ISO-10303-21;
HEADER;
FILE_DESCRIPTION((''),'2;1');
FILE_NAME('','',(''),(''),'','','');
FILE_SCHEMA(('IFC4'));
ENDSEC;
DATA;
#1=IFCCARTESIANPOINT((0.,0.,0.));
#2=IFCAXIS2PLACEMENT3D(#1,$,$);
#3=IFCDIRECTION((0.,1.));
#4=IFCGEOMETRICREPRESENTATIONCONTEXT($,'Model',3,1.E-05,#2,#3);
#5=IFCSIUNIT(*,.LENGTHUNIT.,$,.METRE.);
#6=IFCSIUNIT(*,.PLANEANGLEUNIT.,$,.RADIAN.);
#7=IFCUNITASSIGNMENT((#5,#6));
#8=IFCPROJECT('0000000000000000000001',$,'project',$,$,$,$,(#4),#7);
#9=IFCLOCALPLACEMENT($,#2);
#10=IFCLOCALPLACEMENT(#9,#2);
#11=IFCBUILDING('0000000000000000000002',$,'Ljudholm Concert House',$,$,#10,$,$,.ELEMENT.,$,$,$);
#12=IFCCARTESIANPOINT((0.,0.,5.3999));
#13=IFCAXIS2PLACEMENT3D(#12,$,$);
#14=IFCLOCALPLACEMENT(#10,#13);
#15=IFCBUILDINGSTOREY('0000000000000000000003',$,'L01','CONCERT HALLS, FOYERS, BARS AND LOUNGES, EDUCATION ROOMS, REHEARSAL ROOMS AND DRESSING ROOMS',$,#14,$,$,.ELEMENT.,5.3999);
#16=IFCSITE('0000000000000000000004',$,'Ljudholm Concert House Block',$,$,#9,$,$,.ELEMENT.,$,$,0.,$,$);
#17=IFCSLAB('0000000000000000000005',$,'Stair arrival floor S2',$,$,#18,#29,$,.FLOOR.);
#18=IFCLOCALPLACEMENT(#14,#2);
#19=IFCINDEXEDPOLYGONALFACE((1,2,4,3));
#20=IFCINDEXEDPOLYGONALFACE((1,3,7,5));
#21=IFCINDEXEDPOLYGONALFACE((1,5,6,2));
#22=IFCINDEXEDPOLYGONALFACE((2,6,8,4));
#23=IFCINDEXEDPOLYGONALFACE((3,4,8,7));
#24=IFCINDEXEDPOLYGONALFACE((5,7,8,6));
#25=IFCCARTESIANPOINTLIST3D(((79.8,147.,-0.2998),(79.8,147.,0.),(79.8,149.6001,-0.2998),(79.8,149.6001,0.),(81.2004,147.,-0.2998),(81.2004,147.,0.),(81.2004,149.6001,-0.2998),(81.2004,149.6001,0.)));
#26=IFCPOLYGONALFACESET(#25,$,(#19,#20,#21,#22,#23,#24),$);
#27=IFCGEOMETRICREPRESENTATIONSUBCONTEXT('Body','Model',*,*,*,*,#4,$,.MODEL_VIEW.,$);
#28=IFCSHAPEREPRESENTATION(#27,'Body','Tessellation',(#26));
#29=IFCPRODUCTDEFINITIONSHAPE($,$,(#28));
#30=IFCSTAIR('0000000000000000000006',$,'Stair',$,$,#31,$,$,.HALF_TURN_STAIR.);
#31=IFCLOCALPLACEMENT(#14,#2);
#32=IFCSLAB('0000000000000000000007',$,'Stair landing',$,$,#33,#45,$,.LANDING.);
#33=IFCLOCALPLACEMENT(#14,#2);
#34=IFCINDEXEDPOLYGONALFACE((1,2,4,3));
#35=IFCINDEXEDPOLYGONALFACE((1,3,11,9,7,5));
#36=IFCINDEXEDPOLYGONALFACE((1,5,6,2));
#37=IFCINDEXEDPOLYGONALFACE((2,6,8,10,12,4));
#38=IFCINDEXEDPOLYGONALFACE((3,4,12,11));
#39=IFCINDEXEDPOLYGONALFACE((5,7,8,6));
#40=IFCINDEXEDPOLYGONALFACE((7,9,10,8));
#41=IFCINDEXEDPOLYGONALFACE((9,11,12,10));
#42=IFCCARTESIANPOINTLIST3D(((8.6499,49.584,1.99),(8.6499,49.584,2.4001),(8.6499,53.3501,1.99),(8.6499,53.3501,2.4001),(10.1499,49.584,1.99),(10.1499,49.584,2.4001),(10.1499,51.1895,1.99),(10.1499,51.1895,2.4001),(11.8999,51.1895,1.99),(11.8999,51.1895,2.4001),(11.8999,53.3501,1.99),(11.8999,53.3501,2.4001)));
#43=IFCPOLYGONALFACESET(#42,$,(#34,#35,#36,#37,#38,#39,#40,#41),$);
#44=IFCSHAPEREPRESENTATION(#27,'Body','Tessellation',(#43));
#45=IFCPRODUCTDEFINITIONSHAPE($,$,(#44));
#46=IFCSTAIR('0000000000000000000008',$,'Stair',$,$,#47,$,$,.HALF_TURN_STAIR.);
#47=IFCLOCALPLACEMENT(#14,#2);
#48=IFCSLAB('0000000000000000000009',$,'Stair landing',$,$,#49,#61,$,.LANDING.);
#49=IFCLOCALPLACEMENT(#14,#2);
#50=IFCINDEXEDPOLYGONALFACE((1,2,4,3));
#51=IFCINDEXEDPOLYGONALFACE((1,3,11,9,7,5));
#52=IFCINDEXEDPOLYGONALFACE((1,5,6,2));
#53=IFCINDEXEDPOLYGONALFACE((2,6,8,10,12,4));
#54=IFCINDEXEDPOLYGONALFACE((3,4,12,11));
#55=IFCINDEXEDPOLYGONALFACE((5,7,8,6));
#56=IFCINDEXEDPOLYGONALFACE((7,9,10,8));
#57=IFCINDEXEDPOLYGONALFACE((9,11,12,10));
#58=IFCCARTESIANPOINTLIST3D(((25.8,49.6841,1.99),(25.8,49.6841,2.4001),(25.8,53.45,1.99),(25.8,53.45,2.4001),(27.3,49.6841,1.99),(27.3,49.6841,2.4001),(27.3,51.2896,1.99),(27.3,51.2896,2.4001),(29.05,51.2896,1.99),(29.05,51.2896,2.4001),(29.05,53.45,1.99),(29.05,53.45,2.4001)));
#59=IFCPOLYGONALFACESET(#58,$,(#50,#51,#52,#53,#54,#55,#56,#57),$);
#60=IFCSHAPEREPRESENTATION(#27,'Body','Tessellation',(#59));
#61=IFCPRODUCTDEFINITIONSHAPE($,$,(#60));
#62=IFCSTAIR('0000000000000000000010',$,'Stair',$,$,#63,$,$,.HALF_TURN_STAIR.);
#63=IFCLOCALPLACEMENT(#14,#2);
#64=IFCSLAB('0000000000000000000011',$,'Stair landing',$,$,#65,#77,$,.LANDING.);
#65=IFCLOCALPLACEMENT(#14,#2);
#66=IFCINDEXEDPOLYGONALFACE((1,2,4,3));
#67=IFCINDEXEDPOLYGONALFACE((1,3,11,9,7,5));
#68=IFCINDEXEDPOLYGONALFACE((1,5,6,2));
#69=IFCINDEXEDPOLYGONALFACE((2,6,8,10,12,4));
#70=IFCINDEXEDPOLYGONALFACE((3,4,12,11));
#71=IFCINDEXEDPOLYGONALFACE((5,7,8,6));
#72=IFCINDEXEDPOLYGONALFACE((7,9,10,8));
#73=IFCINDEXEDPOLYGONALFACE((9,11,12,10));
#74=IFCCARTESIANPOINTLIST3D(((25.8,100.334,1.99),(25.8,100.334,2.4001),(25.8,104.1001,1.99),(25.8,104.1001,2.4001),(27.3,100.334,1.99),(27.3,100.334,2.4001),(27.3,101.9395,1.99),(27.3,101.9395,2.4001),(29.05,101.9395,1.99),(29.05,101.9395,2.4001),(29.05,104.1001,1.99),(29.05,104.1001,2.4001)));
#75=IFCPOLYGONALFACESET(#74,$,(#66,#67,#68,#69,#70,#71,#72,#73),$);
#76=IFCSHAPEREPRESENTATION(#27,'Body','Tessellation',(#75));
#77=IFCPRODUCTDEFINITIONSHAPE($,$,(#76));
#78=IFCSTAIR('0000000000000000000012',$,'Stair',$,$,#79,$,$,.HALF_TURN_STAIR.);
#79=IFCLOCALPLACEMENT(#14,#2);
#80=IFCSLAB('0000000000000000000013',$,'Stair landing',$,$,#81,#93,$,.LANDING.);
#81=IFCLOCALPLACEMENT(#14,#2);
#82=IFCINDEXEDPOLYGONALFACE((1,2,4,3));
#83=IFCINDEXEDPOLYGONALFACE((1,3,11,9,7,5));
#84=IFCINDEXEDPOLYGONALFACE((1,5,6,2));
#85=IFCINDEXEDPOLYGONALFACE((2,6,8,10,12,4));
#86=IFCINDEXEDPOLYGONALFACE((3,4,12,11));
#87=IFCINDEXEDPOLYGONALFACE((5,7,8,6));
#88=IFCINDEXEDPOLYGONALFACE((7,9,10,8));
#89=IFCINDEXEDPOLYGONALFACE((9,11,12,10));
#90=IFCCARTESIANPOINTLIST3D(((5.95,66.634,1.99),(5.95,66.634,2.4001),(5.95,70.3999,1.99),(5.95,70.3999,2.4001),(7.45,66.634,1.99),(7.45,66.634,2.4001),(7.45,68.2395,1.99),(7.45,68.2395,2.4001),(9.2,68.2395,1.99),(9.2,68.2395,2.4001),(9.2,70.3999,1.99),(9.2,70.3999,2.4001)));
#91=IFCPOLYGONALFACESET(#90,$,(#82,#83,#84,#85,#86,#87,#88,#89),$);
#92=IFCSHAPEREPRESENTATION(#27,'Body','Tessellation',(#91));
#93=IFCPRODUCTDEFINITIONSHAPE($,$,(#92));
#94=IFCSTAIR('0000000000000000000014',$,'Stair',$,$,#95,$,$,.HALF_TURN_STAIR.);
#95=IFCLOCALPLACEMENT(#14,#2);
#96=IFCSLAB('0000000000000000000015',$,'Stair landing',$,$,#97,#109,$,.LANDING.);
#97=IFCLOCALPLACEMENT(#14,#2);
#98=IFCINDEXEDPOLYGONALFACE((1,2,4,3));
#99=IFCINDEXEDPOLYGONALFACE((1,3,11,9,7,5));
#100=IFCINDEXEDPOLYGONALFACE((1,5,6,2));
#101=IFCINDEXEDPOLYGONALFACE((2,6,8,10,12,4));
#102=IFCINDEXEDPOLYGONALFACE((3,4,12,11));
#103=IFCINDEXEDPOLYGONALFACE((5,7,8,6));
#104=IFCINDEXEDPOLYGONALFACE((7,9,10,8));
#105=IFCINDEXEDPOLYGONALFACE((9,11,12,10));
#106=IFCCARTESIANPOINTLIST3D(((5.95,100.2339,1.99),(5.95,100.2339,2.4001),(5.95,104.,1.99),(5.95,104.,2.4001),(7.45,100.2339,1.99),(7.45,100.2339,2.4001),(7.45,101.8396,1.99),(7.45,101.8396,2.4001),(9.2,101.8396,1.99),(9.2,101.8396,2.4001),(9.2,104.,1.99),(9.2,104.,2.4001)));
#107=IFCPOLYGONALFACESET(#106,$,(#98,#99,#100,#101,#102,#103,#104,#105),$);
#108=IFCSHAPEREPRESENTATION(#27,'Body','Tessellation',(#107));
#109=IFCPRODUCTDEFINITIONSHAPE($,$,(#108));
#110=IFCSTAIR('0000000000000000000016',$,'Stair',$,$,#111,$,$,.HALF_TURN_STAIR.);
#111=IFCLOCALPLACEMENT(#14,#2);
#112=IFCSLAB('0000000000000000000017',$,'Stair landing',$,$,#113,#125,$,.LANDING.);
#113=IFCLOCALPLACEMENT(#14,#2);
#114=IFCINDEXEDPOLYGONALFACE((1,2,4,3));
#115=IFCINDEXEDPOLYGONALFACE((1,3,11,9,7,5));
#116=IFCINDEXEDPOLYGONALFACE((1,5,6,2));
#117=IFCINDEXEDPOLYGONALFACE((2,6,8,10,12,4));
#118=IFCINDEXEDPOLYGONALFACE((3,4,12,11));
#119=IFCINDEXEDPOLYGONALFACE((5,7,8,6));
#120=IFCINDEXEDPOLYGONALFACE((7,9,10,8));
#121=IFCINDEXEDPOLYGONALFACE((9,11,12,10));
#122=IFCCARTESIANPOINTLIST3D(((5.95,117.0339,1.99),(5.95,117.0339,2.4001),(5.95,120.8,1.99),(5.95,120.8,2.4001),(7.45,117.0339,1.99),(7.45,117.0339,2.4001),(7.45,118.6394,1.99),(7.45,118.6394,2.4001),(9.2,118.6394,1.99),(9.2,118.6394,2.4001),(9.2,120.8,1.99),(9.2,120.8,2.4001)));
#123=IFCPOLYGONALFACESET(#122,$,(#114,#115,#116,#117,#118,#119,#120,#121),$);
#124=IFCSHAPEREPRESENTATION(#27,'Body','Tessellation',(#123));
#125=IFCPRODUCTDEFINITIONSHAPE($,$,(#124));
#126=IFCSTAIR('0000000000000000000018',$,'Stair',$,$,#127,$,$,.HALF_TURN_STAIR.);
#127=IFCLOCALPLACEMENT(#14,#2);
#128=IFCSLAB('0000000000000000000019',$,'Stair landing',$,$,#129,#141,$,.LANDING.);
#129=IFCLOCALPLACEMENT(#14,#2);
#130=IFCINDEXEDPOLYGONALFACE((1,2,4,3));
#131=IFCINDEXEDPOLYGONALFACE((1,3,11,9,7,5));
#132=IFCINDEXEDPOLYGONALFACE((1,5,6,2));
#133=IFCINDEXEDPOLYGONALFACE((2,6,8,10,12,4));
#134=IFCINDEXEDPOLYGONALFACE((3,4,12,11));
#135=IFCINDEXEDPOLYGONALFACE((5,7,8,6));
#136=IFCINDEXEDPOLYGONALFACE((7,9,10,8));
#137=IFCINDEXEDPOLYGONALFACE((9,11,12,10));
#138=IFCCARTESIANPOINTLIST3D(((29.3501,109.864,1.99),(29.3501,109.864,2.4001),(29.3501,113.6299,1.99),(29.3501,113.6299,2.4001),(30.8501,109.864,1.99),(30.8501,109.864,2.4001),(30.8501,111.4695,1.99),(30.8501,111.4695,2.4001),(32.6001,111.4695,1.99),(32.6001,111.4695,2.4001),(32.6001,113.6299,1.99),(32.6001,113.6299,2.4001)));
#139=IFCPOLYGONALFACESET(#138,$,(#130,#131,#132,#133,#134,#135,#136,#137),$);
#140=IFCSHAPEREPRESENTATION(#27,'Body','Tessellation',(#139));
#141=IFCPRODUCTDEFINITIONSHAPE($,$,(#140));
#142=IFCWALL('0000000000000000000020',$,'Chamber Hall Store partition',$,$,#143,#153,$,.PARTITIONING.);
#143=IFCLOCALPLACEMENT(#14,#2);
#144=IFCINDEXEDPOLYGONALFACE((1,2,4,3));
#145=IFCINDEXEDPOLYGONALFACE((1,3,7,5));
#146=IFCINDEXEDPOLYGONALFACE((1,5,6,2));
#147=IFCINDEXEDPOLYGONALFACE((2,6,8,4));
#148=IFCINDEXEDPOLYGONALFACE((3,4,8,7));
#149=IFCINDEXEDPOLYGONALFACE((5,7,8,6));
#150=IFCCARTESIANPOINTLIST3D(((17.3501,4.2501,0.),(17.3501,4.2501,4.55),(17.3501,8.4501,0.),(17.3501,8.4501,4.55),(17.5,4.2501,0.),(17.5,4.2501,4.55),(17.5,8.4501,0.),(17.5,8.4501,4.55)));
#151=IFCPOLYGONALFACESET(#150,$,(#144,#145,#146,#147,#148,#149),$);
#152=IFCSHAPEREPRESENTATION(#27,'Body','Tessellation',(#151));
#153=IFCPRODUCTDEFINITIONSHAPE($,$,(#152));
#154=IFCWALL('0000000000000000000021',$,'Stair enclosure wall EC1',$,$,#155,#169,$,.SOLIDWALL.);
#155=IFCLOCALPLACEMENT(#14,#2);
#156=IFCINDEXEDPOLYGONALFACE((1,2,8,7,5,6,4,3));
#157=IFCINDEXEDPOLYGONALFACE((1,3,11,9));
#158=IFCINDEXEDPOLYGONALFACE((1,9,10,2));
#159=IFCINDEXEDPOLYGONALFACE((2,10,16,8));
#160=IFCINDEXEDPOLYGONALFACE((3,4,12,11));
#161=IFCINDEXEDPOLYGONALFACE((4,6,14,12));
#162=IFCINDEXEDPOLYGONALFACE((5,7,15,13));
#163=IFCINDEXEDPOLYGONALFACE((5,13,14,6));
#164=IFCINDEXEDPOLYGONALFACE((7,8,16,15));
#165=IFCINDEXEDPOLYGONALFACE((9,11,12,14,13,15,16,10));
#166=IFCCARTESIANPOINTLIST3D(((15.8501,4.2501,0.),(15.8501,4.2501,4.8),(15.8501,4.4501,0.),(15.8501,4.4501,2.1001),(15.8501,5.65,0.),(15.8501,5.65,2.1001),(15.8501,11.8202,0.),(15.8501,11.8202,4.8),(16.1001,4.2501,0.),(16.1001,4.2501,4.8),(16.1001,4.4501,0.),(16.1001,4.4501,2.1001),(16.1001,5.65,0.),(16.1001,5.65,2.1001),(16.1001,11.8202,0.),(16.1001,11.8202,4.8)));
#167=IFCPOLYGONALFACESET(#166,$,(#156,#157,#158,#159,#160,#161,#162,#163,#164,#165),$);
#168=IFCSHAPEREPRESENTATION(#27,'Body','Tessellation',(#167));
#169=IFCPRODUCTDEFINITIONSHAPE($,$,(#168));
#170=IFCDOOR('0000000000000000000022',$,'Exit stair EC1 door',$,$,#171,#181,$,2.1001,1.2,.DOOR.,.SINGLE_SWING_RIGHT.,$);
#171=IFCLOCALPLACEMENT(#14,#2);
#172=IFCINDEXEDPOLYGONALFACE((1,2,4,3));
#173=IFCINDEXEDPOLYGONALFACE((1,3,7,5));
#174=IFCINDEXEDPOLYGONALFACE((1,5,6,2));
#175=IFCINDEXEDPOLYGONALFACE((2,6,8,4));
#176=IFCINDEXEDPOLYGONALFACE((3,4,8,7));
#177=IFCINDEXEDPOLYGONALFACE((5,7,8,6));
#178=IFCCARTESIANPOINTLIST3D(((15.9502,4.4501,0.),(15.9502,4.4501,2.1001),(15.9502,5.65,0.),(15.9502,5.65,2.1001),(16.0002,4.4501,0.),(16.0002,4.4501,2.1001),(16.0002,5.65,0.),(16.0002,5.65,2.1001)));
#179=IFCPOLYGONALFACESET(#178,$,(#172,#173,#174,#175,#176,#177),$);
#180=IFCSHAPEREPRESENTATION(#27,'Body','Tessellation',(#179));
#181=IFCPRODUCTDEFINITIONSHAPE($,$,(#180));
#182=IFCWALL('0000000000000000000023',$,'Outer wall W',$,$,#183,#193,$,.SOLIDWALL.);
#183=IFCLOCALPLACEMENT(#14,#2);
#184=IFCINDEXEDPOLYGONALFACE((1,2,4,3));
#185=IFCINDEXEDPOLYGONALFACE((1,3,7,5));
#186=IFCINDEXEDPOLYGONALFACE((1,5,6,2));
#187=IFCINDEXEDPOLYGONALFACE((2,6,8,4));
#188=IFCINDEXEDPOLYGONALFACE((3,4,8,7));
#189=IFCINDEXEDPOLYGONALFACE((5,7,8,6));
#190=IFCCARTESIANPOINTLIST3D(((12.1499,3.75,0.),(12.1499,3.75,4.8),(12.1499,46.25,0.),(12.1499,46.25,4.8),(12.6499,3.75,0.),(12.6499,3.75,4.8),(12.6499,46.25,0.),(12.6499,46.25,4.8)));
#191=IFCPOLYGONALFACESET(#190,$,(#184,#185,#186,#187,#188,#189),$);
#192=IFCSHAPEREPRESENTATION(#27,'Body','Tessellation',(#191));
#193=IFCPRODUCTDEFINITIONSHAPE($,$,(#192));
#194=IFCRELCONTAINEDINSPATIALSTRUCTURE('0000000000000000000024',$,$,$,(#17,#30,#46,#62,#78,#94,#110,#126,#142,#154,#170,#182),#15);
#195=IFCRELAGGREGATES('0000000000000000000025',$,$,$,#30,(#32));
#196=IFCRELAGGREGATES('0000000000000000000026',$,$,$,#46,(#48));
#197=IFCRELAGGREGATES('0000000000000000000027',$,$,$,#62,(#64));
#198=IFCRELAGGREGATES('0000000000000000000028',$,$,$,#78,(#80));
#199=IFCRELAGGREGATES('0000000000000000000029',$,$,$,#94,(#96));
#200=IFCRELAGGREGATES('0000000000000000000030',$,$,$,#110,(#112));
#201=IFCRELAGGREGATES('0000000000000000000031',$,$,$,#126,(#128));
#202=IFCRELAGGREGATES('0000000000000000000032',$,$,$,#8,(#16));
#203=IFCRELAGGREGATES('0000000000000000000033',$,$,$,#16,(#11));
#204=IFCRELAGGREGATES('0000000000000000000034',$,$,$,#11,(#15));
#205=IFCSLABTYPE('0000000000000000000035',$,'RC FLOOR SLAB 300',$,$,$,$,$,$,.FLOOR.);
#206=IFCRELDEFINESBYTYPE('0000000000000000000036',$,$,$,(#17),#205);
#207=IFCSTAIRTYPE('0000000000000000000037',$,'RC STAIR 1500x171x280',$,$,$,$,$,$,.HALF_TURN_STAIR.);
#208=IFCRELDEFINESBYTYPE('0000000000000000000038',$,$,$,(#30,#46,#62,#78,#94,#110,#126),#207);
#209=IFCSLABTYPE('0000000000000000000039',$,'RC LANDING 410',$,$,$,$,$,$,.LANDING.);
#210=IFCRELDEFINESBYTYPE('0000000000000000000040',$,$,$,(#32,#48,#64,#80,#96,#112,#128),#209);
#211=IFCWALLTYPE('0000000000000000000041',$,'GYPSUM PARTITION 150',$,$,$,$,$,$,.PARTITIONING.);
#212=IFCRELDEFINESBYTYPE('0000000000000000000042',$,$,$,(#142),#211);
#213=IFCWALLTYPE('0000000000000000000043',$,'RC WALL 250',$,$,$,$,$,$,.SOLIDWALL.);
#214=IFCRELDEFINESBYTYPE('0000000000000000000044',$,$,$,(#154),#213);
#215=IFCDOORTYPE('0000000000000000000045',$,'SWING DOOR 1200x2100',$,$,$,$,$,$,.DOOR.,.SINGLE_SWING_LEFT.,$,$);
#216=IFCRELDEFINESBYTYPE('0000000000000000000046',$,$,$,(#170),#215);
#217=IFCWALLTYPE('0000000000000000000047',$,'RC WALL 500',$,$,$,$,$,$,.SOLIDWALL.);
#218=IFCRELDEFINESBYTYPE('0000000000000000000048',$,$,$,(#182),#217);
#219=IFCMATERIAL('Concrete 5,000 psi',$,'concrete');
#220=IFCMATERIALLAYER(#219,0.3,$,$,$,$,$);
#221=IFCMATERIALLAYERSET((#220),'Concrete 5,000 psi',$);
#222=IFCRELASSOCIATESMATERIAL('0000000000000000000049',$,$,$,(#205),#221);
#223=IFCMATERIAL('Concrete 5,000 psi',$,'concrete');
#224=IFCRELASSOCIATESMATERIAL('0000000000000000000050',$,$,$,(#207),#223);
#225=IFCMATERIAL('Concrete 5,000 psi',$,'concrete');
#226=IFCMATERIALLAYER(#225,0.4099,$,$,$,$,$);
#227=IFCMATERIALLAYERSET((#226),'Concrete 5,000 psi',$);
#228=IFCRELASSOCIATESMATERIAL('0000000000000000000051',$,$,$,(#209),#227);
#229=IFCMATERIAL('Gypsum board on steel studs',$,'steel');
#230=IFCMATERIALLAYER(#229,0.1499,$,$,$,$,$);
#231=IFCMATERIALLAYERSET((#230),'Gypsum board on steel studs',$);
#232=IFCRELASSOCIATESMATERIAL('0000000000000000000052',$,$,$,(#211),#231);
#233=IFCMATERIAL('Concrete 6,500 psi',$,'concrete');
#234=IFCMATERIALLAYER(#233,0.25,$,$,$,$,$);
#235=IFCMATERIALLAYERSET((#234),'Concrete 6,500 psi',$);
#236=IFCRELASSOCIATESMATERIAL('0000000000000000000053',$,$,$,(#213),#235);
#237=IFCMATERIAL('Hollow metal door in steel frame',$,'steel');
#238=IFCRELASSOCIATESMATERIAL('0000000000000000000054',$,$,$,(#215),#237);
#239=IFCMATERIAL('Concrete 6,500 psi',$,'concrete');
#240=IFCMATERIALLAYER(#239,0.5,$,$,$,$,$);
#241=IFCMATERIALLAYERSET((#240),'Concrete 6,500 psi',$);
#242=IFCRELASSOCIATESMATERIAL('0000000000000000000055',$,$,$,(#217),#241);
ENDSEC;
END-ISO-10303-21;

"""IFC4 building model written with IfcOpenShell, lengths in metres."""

from ifc_helpers import new_model, si_unit, direction, frame, frame_2d, origin, place, context, subcontext, project, spatial, polyline, rectangle, outline, extrude, material, layer, layer_set, type_object, element, fill, aggregate, save


model = new_model("IFC4")

# Units and contexts
model_context = context("Model", 3, precision=1e-05, world=origin(), true_north=direction((0.0, 1.0)))
body_context = subcontext(model_context, "Body", "Model", "MODEL_VIEW")
ifc_project = project(units=[si_unit("LENGTHUNIT", "METRE"), si_unit("PLANEANGLEUNIT", "RADIAN")], contexts=[model_context])

# Site, building, storey
site_placement = place(None, origin())
site = spatial("IfcSite", under=ifc_project, at=site_placement, Name="Ljudholm Concert House Block", CompositionType="ELEMENT", RefElevation=0.0)
building_placement = place(site_placement, origin())
building = spatial("IfcBuilding", under=site, at=building_placement, Name="Ljudholm Concert House", CompositionType="ELEMENT")
storey_placement = place(building_placement, frame((0.0, 0.0, 5.3999)))
storey = spatial("IfcBuildingStorey", under=building, at=storey_placement, Name="L01", Description="CONCERT HALLS, FOYERS, BARS AND LOUNGES, EDUCATION ROOMS, REHEARSAL ROOMS AND DRESSING ROOMS", CompositionType="ELEMENT", Elevation=5.3999)

# Slab
ifc_material_1 = material(Name="Concrete 5,000 psi", Category="concrete")
ifc_layer_1 = layer(ifc_material_1, 0.3)
ifc_layer_set_1 = layer_set([ifc_layer_1], Name="Concrete 5,000 psi")
slab_type_1 = type_object("IfcSlabType", Name="RC FLOOR SLAB 300", PredefinedType="FLOOR", material=ifc_layer_set_1)
slab_1_placement = place(storey_placement, frame((0.0, 0.0, -0.2998)))
element("IfcSlab", 1, at=slab_1_placement, inside=storey, type_object=slab_type_1, Name="Stair arrival floor S2", PredefinedType="FLOOR", context=body_context, shape_type="SweptSolid", body=[
    extrude(outline(polyline([(79.8, 147.0), (81.2004, 147.0), (81.2004, 149.6001), (79.8, 149.6001), (79.8, 147.0)])), origin(), (0.0, 0.0, 1.0), 0.2998),
])

# Stairs, slabs
ifc_material_2 = material(Name="Concrete 5,000 psi", Category="concrete")
stair_type = type_object("IfcStairType", Name="RC STAIR 1500x171x280", PredefinedType="HALF_TURN_STAIR", material=ifc_material_2)
stair_1_placement = place(storey_placement, origin())
stair_1 = element("IfcStair", 2, at=stair_1_placement, inside=storey, type_object=stair_type, Name="Stair", PredefinedType="HALF_TURN_STAIR")
ifc_material_3 = material(Name="Concrete 5,000 psi", Category="concrete")
ifc_layer_2 = layer(ifc_material_3, 0.4099)
ifc_layer_set_2 = layer_set([ifc_layer_2], Name="Concrete 5,000 psi")
slab_type_2 = type_object("IfcSlabType", Name="RC LANDING 410", PredefinedType="LANDING", material=ifc_layer_set_2)
slab_2_placement = place(storey_placement, frame((0.0, 0.0, 1.99)))
slab_2 = element("IfcSlab", 3, at=slab_2_placement, type_object=slab_type_2, Name="Stair landing", PredefinedType="LANDING", context=body_context, shape_type="SweptSolid", body=[
    extrude(outline(polyline([(8.6499, 49.584), (10.1499, 49.584), (10.1499, 51.1895), (11.8999, 51.1895), (11.8999, 53.3501), (8.6499, 53.3501), (8.6499, 49.584)])), origin(), (0.0, 0.0, 1.0), 0.4102),
])
aggregate(stair_1, [slab_2])
stair_2_placement = place(storey_placement, origin())
stair_2 = element("IfcStair", 4, at=stair_2_placement, inside=storey, type_object=stair_type, Name="Stair", PredefinedType="HALF_TURN_STAIR")
slab_3_placement = place(storey_placement, frame((0.0, 0.0, 1.99)))
slab_3 = element("IfcSlab", 5, at=slab_3_placement, type_object=slab_type_2, Name="Stair landing", PredefinedType="LANDING", context=body_context, shape_type="SweptSolid", body=[
    extrude(outline(polyline([(25.8, 49.6841), (27.3, 49.6841), (27.3, 51.2896), (29.05, 51.2896), (29.05, 53.45), (25.8, 53.45), (25.8, 49.6841)])), origin(), (0.0, 0.0, 1.0), 0.4102),
])
aggregate(stair_2, [slab_3])
stair_3_placement = place(storey_placement, origin())
stair_3 = element("IfcStair", 6, at=stair_3_placement, inside=storey, type_object=stair_type, Name="Stair", PredefinedType="HALF_TURN_STAIR")
slab_4_placement = place(storey_placement, frame((0.0, 0.0, 1.99)))
slab_4 = element("IfcSlab", 7, at=slab_4_placement, type_object=slab_type_2, Name="Stair landing", PredefinedType="LANDING", context=body_context, shape_type="SweptSolid", body=[
    extrude(outline(polyline([(25.8, 100.334), (27.3, 100.334), (27.3, 101.9395), (29.05, 101.9395), (29.05, 104.1001), (25.8, 104.1001), (25.8, 100.334)])), origin(), (0.0, 0.0, 1.0), 0.4102),
])
aggregate(stair_3, [slab_4])
stair_4_placement = place(storey_placement, origin())
stair_4 = element("IfcStair", 8, at=stair_4_placement, inside=storey, type_object=stair_type, Name="Stair", PredefinedType="HALF_TURN_STAIR")
slab_5_placement = place(storey_placement, frame((0.0, 0.0, 1.99)))
slab_5 = element("IfcSlab", 9, at=slab_5_placement, type_object=slab_type_2, Name="Stair landing", PredefinedType="LANDING", context=body_context, shape_type="SweptSolid", body=[
    extrude(outline(polyline([(5.95, 66.634), (7.45, 66.634), (7.45, 68.2395), (9.2, 68.2395), (9.2, 70.3999), (5.95, 70.3999), (5.95, 66.634)])), origin(), (0.0, 0.0, 1.0), 0.4102),
])
aggregate(stair_4, [slab_5])
stair_5_placement = place(storey_placement, origin())
stair_5 = element("IfcStair", 10, at=stair_5_placement, inside=storey, type_object=stair_type, Name="Stair", PredefinedType="HALF_TURN_STAIR")
slab_6_placement = place(storey_placement, frame((0.0, 0.0, 1.99)))
slab_6 = element("IfcSlab", 11, at=slab_6_placement, type_object=slab_type_2, Name="Stair landing", PredefinedType="LANDING", context=body_context, shape_type="SweptSolid", body=[
    extrude(outline(polyline([(5.95, 100.2339), (7.45, 100.2339), (7.45, 101.8396), (9.2, 101.8396), (9.2, 104.0), (5.95, 104.0), (5.95, 100.2339)])), origin(), (0.0, 0.0, 1.0), 0.4102),
])
aggregate(stair_5, [slab_6])
stair_6_placement = place(storey_placement, origin())
stair_6 = element("IfcStair", 12, at=stair_6_placement, inside=storey, type_object=stair_type, Name="Stair", PredefinedType="HALF_TURN_STAIR")
slab_7_placement = place(storey_placement, frame((0.0, 0.0, 1.99)))
slab_7 = element("IfcSlab", 13, at=slab_7_placement, type_object=slab_type_2, Name="Stair landing", PredefinedType="LANDING", context=body_context, shape_type="SweptSolid", body=[
    extrude(outline(polyline([(5.95, 117.0339), (7.45, 117.0339), (7.45, 118.6394), (9.2, 118.6394), (9.2, 120.8), (5.95, 120.8), (5.95, 117.0339)])), origin(), (0.0, 0.0, 1.0), 0.4102),
])
aggregate(stair_6, [slab_7])
stair_7_placement = place(storey_placement, origin())
stair_7 = element("IfcStair", 14, at=stair_7_placement, inside=storey, type_object=stair_type, Name="Stair", PredefinedType="HALF_TURN_STAIR")
slab_8_placement = place(storey_placement, frame((0.0, 0.0, 1.99)))
slab_8 = element("IfcSlab", 15, at=slab_8_placement, type_object=slab_type_2, Name="Stair landing", PredefinedType="LANDING", context=body_context, shape_type="SweptSolid", body=[
    extrude(outline(polyline([(29.3501, 109.864), (30.8501, 109.864), (30.8501, 111.4695), (32.6001, 111.4695), (32.6001, 113.6299), (29.3501, 113.6299), (29.3501, 109.864)])), origin(), (0.0, 0.0, 1.0), 0.4102),
])
aggregate(stair_7, [slab_8])

# Wall
ifc_material_4 = material(Name="Gypsum board on steel studs", Category="steel")
ifc_layer_3 = layer(ifc_material_4, 0.1499)
ifc_layer_set_3 = layer_set([ifc_layer_3], Name="Gypsum board on steel studs")
wall_type_1 = type_object("IfcWallType", Name="GYPSUM PARTITION 150", PredefinedType="PARTITIONING", material=ifc_layer_set_3)
wall_1_placement = place(storey_placement, frame((17.425, 4.25, 0.0), z_axis=(0.0, 0.0, 1.0), x_axis=(0.0, 1.0, 0.0)))
element("IfcWall", 16, at=wall_1_placement, inside=storey, type_object=wall_type_1, Name="Chamber Hall Store partition", PredefinedType="PARTITIONING", context=body_context, shape_type="SweptSolid", body=[
    extrude(rectangle(XDim=4.2, YDim=0.1499, at=frame_2d((2.1001, 0.0))), origin(), (0.0, 0.0, 1.0), 4.55),
])

# Wall, opening, door
ifc_material_5 = material(Name="Concrete 6,500 psi", Category="concrete")
ifc_layer_4 = layer(ifc_material_5, 0.25)
ifc_layer_set_4 = layer_set([ifc_layer_4], Name="Concrete 6,500 psi")
wall_type_2 = type_object("IfcWallType", Name="RC WALL 250", PredefinedType="SOLIDWALL", material=ifc_layer_set_4)
wall_2_placement = place(storey_placement, frame((15.9751, 4.25, 0.0), z_axis=(0.0, 0.0, 1.0), x_axis=(0.0, 1.0, 0.0)))
wall_2 = element("IfcWall", 17, at=wall_2_placement, inside=storey, type_object=wall_type_2, Name="Stair enclosure wall EC1", PredefinedType="SOLIDWALL", context=body_context, shape_type="SweptSolid", body=[
    extrude(rectangle(XDim=7.5701, YDim=0.25, at=frame_2d((3.7852, 0.0))), origin(), (0.0, 0.0, 1.0), 4.8),
])
opening_1_placement = place(wall_2_placement, frame((0.2, 0.0, 0.0)))
opening_1 = element("IfcOpeningElement", 18, at=opening_1_placement, cuts=wall_2, PredefinedType="OPENING", context=body_context, shape_type="SweptSolid", body=[
    extrude(rectangle(XDim=1.2, YDim=2.1001, at=frame_2d((0.6001, 1.05))), frame((0.0, 0.135, 0.0), z_axis=(0.0, -1.0, 0.0), x_axis=(1.0, 0.0, 0.0)), (0.0, 0.0, 1.0), 0.27),
])
ifc_material_6 = material(Name="Hollow metal door in steel frame", Category="steel")
door_type = type_object("IfcDoorType", Name="SWING DOOR 1200x2100", OperationType="SINGLE_SWING_LEFT", PredefinedType="DOOR", material=ifc_material_6)
door_placement = place(opening_1_placement, origin())
door = element("IfcDoor", 19, at=door_placement, inside=storey, type_object=door_type, Name="Exit stair EC1 door", OperationType="SINGLE_SWING_RIGHT", OverallHeight=2.1001, OverallWidth=1.2, PredefinedType="DOOR", context=body_context, shape_type="SweptSolid", body=[
    extrude(rectangle(XDim=1.2, YDim=2.1001, at=frame_2d((0.6001, 1.05))), frame((0.0, 0.0249, 0.0), z_axis=(0.0, -1.0, 0.0), x_axis=(1.0, 0.0, 0.0)), (0.0, 0.0, 1.0), 0.05),
])
fill(opening_1, door)

# Wall
ifc_material_7 = material(Name="Concrete 6,500 psi", Category="concrete")
ifc_layer_5 = layer(ifc_material_7, 0.5)
ifc_layer_set_5 = layer_set([ifc_layer_5], Name="Concrete 6,500 psi")
wall_type_3 = type_object("IfcWallType", Name="RC WALL 500", PredefinedType="SOLIDWALL", material=ifc_layer_set_5)
wall_3_placement = place(storey_placement, frame((12.3999, 3.75, 0.0), z_axis=(0.0, 0.0, 1.0), x_axis=(0.0, 1.0, 0.0)))
element("IfcWall", 20, at=wall_3_placement, inside=storey, type_object=wall_type_3, Name="Outer wall W", PredefinedType="SOLIDWALL", context=body_context, shape_type="SweptSolid", body=[
    extrude(rectangle(XDim=42.5, YDim=0.5, at=frame_2d((21.25, 0.0))), origin(), (0.0, 0.0, 1.0), 4.8),
])

save(model, "model.ifc")
